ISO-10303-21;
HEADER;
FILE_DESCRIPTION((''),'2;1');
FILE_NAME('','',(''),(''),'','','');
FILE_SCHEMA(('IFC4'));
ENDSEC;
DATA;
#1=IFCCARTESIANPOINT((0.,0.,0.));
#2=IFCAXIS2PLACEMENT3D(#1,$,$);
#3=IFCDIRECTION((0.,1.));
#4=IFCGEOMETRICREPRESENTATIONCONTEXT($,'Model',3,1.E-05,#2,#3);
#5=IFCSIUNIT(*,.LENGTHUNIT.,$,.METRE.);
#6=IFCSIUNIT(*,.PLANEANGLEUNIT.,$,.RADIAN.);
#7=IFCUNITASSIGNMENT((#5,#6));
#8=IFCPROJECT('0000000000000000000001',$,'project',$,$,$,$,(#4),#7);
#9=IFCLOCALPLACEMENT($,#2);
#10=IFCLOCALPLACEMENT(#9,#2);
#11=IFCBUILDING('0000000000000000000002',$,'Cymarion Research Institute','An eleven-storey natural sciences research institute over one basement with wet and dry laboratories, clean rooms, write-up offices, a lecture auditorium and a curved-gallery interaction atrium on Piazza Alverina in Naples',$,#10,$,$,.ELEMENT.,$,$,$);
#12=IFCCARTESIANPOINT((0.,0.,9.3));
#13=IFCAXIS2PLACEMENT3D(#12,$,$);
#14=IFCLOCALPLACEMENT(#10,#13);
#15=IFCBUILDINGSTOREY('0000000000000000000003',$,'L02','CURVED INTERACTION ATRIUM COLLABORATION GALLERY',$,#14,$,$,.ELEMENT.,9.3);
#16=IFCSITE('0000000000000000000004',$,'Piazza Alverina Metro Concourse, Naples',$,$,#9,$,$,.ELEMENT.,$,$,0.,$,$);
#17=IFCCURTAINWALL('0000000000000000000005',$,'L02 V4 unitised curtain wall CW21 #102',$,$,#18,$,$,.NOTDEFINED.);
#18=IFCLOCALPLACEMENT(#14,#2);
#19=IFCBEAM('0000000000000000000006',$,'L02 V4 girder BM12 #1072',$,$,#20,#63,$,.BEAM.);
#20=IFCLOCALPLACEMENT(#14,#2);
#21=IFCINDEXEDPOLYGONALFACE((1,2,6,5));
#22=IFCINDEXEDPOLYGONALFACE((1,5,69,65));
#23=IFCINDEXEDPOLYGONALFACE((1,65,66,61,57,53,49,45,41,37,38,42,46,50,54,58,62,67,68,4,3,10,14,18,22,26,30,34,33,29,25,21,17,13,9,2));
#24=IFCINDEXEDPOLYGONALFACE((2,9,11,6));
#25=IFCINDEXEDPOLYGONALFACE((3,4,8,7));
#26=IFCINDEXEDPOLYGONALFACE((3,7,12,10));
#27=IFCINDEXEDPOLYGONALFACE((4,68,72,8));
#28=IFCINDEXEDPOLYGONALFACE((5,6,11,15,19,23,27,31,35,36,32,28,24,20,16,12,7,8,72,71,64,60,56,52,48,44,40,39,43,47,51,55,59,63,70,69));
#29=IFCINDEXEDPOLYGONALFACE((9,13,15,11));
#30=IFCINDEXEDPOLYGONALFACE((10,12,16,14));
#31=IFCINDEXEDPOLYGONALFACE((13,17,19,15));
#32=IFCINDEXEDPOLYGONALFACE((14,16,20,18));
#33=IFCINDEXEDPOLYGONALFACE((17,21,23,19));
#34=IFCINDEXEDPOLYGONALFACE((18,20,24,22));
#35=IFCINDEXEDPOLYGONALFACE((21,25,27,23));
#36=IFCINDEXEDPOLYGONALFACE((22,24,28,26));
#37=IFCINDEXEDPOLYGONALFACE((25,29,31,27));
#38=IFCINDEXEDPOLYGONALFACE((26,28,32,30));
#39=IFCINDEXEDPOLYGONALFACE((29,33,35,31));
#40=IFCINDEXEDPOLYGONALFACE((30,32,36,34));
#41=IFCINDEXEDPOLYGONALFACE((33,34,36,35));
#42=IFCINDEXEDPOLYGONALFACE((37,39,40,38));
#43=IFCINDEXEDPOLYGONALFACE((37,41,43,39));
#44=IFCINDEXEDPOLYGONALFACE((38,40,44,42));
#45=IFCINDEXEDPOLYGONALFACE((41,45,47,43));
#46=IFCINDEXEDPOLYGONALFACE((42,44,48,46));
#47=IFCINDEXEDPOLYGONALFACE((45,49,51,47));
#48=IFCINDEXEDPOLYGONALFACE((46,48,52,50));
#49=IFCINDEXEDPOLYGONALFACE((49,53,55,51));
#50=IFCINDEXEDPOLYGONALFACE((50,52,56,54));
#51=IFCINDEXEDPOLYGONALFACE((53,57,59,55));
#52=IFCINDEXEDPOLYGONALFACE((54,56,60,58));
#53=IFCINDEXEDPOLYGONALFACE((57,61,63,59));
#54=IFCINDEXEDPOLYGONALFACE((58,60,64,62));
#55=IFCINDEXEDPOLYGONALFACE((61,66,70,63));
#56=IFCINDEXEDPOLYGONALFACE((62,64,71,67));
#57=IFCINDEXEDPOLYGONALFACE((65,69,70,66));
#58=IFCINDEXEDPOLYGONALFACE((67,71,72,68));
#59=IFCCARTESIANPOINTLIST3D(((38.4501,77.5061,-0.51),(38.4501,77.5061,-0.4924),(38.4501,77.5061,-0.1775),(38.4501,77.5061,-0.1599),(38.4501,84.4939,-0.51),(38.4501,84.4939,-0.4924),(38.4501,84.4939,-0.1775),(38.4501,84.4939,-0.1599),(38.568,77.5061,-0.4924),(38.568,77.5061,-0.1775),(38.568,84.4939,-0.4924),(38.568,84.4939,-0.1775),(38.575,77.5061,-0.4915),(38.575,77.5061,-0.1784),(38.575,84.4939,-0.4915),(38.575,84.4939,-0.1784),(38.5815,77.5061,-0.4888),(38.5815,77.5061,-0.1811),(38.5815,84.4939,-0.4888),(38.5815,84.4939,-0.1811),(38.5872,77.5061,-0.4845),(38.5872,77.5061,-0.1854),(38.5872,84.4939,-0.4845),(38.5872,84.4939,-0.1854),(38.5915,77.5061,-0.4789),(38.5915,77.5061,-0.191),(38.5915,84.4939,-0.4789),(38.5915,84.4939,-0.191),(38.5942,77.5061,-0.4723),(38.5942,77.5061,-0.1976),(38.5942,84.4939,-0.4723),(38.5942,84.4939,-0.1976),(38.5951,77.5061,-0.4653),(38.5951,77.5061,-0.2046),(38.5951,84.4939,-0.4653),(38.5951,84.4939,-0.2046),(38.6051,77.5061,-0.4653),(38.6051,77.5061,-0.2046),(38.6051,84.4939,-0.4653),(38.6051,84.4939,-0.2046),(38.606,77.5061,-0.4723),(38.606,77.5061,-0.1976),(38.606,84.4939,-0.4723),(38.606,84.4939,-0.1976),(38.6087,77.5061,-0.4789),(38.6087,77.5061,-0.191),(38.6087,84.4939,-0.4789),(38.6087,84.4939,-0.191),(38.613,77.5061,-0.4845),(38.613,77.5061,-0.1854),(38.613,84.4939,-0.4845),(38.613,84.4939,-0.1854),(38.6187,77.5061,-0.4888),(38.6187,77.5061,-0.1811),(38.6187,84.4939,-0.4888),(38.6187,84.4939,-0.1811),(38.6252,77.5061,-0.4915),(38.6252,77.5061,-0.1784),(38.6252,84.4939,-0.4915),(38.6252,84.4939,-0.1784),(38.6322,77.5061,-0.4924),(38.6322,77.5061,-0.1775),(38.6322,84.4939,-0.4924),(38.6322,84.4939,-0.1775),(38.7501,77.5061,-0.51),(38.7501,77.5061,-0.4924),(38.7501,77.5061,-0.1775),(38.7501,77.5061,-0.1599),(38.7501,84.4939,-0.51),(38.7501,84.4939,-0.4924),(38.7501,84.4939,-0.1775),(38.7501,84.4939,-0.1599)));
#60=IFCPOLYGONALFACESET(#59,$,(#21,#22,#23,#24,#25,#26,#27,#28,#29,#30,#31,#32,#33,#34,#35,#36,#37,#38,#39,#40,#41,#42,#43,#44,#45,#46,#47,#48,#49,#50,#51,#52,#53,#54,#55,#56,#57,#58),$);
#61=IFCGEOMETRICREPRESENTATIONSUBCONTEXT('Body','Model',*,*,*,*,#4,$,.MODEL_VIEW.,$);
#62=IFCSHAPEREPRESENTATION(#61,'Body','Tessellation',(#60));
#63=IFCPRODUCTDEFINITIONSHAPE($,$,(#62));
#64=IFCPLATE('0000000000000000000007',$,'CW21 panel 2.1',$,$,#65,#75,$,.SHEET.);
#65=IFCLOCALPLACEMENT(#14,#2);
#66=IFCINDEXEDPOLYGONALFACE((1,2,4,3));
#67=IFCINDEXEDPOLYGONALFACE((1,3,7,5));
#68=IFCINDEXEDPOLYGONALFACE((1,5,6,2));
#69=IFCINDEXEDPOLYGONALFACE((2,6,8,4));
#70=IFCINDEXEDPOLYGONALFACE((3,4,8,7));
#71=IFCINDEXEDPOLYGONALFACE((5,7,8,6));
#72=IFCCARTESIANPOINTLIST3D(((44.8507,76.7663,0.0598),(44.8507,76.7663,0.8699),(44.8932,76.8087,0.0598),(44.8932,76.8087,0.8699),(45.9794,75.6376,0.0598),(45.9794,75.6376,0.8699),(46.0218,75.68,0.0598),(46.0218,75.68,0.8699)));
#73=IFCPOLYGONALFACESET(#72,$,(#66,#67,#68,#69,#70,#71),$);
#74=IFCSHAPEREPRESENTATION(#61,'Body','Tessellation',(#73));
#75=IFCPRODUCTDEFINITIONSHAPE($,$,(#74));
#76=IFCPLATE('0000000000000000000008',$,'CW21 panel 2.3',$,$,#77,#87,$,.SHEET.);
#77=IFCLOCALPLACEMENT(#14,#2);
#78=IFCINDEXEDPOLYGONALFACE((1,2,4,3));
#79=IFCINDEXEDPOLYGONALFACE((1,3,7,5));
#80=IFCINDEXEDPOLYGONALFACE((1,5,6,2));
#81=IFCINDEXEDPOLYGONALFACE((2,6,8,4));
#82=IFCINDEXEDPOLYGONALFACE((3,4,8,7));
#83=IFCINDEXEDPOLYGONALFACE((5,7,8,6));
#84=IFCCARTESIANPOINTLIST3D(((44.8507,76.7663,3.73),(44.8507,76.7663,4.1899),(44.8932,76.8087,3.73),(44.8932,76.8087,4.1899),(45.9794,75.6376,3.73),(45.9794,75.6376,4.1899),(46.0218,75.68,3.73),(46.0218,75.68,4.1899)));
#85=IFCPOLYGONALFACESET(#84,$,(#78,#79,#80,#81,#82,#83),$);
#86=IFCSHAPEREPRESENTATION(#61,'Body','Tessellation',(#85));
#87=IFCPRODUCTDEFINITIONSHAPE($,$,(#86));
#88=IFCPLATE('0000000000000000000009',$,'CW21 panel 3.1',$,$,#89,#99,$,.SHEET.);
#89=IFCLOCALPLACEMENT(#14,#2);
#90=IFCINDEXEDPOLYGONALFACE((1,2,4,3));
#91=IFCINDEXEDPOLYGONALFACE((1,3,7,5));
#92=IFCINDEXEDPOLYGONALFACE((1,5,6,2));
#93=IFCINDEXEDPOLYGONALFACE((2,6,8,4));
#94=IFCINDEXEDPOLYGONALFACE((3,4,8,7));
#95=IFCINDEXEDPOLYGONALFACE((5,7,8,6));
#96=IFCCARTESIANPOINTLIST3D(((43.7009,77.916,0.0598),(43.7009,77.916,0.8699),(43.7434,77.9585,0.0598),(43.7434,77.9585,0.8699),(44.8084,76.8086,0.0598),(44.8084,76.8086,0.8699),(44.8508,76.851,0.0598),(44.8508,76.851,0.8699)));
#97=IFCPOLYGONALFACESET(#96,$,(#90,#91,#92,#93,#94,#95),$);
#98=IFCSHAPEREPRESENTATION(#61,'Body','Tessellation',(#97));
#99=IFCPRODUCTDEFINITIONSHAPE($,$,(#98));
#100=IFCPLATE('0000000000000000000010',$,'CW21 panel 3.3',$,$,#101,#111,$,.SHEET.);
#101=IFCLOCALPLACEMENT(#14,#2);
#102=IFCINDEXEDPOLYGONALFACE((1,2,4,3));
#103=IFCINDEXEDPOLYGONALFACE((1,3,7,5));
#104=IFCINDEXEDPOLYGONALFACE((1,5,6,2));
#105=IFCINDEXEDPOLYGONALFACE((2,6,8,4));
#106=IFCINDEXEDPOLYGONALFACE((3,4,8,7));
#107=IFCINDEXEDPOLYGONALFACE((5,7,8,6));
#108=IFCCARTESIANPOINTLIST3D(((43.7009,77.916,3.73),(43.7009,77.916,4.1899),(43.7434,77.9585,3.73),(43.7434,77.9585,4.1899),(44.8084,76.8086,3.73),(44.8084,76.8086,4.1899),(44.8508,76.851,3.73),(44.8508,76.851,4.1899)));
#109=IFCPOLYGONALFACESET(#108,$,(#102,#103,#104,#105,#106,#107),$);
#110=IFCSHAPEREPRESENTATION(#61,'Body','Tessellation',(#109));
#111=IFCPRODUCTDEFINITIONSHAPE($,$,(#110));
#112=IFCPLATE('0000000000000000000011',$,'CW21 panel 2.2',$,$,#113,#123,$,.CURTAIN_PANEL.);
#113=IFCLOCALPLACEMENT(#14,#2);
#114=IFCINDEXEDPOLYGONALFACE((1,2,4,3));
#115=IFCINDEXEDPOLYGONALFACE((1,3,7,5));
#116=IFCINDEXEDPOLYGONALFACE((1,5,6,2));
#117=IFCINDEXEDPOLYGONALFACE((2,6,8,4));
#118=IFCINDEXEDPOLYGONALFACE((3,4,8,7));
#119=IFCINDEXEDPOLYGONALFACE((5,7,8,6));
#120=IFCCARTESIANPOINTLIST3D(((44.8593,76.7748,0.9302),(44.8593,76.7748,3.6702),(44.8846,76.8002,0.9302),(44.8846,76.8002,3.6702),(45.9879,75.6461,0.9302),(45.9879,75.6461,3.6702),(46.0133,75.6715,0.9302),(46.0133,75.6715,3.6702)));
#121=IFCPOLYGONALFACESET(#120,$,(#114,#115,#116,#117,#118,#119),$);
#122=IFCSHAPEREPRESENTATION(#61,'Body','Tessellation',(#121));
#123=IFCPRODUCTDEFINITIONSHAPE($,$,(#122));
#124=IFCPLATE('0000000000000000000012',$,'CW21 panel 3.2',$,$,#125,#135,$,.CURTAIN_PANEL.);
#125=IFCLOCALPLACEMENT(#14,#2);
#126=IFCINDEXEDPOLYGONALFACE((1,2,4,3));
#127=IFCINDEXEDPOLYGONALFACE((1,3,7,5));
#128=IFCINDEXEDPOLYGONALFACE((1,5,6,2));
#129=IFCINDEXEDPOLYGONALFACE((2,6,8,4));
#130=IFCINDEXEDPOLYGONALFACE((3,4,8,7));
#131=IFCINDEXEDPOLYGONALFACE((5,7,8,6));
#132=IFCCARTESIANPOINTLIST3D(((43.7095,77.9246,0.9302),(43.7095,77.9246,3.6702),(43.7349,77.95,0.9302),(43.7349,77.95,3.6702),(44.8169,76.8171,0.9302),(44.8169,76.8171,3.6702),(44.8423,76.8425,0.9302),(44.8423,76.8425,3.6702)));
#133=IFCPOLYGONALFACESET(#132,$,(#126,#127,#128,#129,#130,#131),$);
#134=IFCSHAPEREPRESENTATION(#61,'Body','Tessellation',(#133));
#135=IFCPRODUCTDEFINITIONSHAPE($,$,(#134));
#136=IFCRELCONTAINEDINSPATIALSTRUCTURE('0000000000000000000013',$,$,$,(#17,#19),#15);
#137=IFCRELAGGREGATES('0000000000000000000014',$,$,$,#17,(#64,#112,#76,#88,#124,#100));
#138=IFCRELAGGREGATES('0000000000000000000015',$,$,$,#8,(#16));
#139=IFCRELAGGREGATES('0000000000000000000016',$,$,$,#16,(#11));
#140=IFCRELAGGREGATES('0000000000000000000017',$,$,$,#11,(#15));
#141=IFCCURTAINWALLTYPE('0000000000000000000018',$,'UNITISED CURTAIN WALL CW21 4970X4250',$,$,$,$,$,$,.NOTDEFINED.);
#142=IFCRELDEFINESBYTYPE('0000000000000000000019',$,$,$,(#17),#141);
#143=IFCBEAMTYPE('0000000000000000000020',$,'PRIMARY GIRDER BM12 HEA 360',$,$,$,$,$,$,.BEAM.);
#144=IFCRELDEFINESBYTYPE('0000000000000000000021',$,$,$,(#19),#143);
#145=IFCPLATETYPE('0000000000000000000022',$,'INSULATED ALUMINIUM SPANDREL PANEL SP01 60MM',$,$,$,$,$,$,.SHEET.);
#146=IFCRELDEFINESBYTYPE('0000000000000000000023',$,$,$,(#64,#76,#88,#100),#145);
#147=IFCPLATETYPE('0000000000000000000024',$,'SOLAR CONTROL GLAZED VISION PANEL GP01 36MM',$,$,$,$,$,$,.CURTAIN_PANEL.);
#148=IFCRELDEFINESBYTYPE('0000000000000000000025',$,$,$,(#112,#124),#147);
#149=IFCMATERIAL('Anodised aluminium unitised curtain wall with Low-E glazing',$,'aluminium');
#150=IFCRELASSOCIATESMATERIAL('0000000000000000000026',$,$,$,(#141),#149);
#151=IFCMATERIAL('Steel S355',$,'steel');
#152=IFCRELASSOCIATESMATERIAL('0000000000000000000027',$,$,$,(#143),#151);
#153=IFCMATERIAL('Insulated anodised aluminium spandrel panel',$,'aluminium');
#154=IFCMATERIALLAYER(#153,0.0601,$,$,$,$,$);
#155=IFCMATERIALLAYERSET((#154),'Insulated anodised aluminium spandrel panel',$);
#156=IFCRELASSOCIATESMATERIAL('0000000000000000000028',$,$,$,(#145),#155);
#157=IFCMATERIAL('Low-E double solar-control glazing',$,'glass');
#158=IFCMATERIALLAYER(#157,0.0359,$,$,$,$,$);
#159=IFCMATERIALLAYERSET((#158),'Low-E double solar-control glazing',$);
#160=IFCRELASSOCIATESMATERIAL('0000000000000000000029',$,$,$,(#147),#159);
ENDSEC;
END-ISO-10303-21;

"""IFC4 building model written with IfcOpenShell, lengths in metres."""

from ifc_helpers import new_model, si_unit, direction, frame, origin, origin_2d, place, context, subcontext, project, spatial, rectangle, i_section, extrude, material, layer, layer_set, material_profile, profile_set, type_object, element, aggregate, save


model = new_model("IFC4")

# Units and contexts
model_context = context("Model", 3, precision=1e-05, world=origin(), true_north=direction((0.0, 1.0)))
body_context = subcontext(model_context, "Body", "Model", "MODEL_VIEW")
ifc_project = project(units=[si_unit("LENGTHUNIT", "METRE"), si_unit("PLANEANGLEUNIT", "RADIAN")], contexts=[model_context])

# Site, building, storey
site_placement = place(None, origin())
site = spatial("IfcSite", under=ifc_project, at=site_placement, Name="Piazza Alverina Metro Concourse, Naples", CompositionType="ELEMENT", RefElevation=0.0)
building_placement = place(site_placement, origin())
building = spatial("IfcBuilding", under=site, at=building_placement, Name="Cymarion Research Institute", Description="An eleven-storey natural sciences research institute over one basement with wet and dry laboratories, clean rooms, write-up offices, a lecture auditorium and a curved-gallery interaction atrium on Piazza Alverina in Naples", CompositionType="ELEMENT")
storey_placement = place(building_placement, frame((0.0, 0.0, 9.3)))
storey = spatial("IfcBuildingStorey", under=building, at=storey_placement, Name="L02", Description="CURVED INTERACTION ATRIUM COLLABORATION GALLERY", CompositionType="ELEMENT", Elevation=9.3)

# Shared definitions
ifc_material_1 = material(Name="Steel S355", Category="steel")

# Curtain wall
ifc_material_2 = material(Name="Anodised aluminium unitised curtain wall with Low-E glazing", Category="aluminium")
curtain_wall_type = type_object("IfcCurtainWallType", Name="UNITISED CURTAIN WALL CW21 4970X4250", PredefinedType="NOTDEFINED", material=ifc_material_2)
curtain_wall_placement = place(storey_placement, origin())
curtain_wall = element("IfcCurtainWall", 1, at=curtain_wall_placement, inside=storey, type_object=curtain_wall_type, Name="L02 V4 unitised curtain wall CW21 #102", PredefinedType="NOTDEFINED")

# Beam
ifc_material_profile_1 = material_profile(ifc_material_1, i_section(OverallWidth=0.3, OverallDepth=0.3501, WebThickness=0.01, FlangeThickness=0.0176, FilletRadius=0.0271, at=origin_2d()), Name="HEA 360")
ifc_profile_set_1 = profile_set([ifc_material_profile_1], Name="Steel S355")
beam_type = type_object("IfcBeamType", Name="PRIMARY GIRDER BM12 HEA 360", PredefinedType="BEAM", material=ifc_profile_set_1)
beam_placement = place(storey_placement, frame((38.6001, 77.5061, -0.335), z_axis=(0.0, 1.0, 0.0), x_axis=(-1.0, 0.0, 0.0)))
element("IfcBeam", 2, at=beam_placement, inside=storey, type_object=beam_type, Name="L02 V4 girder BM12 #1072", PredefinedType="BEAM", context=body_context, shape_type="SweptSolid", body=[
    extrude(i_section(OverallWidth=0.3, OverallDepth=0.3501, WebThickness=0.01, FlangeThickness=0.0176, FilletRadius=0.0271, at=origin_2d()), origin(), (0.0, 0.0, 1.0), 6.9878),
])

# Plates
ifc_material_3 = material(Name="Insulated anodised aluminium spandrel panel", Category="aluminium")
ifc_layer_1 = layer(ifc_material_3, 0.0601)
ifc_layer_set_1 = layer_set([ifc_layer_1], Name="Insulated anodised aluminium spandrel panel")
plate_type_1 = type_object("IfcPlateType", Name="INSULATED ALUMINIUM SPANDREL PANEL SP01 60MM", PredefinedType="SHEET", material=ifc_layer_set_1)
plate_1_placement = place(storey_placement, frame((45.4363, 76.2231, 0.0598), z_axis=(0.0, 0.0, 1.0), x_axis=(-0.707097, 0.707117, 0.0)))
plate_1 = element("IfcPlate", 3, at=plate_1_placement, type_object=plate_type_1, Name="CW21 panel 2.1", PredefinedType="SHEET", context=body_context, shape_type="SweptSolid", body=[
    extrude(rectangle(XDim=1.5962, YDim=0.0601, at=origin_2d()), origin(), (0.0, 0.0, 1.0), 0.8101),
])
plate_2_placement = place(storey_placement, frame((45.4363, 76.2231, 3.73), z_axis=(0.0, 0.0, 1.0), x_axis=(-0.707097, 0.707117, 0.0)))
plate_2 = element("IfcPlate", 4, at=plate_2_placement, type_object=plate_type_1, Name="CW21 panel 2.3", PredefinedType="SHEET", context=body_context, shape_type="SweptSolid", body=[
    extrude(rectangle(XDim=1.5962, YDim=0.0601, at=origin_2d()), origin(), (0.0, 0.0, 1.0), 0.46),
])
plate_3_placement = place(storey_placement, frame((44.2759, 77.3835, 0.0598), z_axis=(0.0, 0.0, 1.0), x_axis=(-0.707097, 0.707117, 0.0)))
plate_3 = element("IfcPlate", 5, at=plate_3_placement, type_object=plate_type_1, Name="CW21 panel 3.1", PredefinedType="SHEET", context=body_context, shape_type="SweptSolid", body=[
    extrude(rectangle(XDim=1.5662, YDim=0.0601, at=origin_2d()), origin(), (0.0, 0.0, 1.0), 0.8101),
])
plate_4_placement = place(storey_placement, frame((44.2759, 77.3835, 3.73), z_axis=(0.0, 0.0, 1.0), x_axis=(-0.707097, 0.707117, 0.0)))
plate_4 = element("IfcPlate", 6, at=plate_4_placement, type_object=plate_type_1, Name="CW21 panel 3.3", PredefinedType="SHEET", context=body_context, shape_type="SweptSolid", body=[
    extrude(rectangle(XDim=1.5662, YDim=0.0601, at=origin_2d()), origin(), (0.0, 0.0, 1.0), 0.46),
])
ifc_material_4 = material(Name="Low-E double solar-control glazing", Category="glass")
ifc_layer_2 = layer(ifc_material_4, 0.0359)
ifc_layer_set_2 = layer_set([ifc_layer_2], Name="Low-E double solar-control glazing")
plate_type_2 = type_object("IfcPlateType", Name="SOLAR CONTROL GLAZED VISION PANEL GP01 36MM", PredefinedType="CURTAIN_PANEL", material=ifc_layer_set_2)
plate_5_placement = place(storey_placement, frame((45.4363, 76.2231, 0.9302), z_axis=(0.0, 0.0, 1.0), x_axis=(-0.707097, 0.707117, 0.0)))
plate_5 = element("IfcPlate", 7, at=plate_5_placement, type_object=plate_type_2, Name="CW21 panel 2.2", PredefinedType="CURTAIN_PANEL", context=body_context, shape_type="SweptSolid", body=[
    extrude(rectangle(XDim=1.5962, YDim=0.0359, at=origin_2d()), origin(), (0.0, 0.0, 1.0), 2.74),
])
plate_6_placement = place(storey_placement, frame((44.2759, 77.3835, 0.9302), z_axis=(0.0, 0.0, 1.0), x_axis=(-0.707097, 0.707117, 0.0)))
plate_6 = element("IfcPlate", 8, at=plate_6_placement, type_object=plate_type_2, Name="CW21 panel 3.2", PredefinedType="CURTAIN_PANEL", context=body_context, shape_type="SweptSolid", body=[
    extrude(rectangle(XDim=1.5662, YDim=0.0359, at=origin_2d()), origin(), (0.0, 0.0, 1.0), 2.74),
])
aggregate(curtain_wall, [plate_1, plate_5, plate_2, plate_3, plate_6, plate_4])

save(model, "model.ifc")
